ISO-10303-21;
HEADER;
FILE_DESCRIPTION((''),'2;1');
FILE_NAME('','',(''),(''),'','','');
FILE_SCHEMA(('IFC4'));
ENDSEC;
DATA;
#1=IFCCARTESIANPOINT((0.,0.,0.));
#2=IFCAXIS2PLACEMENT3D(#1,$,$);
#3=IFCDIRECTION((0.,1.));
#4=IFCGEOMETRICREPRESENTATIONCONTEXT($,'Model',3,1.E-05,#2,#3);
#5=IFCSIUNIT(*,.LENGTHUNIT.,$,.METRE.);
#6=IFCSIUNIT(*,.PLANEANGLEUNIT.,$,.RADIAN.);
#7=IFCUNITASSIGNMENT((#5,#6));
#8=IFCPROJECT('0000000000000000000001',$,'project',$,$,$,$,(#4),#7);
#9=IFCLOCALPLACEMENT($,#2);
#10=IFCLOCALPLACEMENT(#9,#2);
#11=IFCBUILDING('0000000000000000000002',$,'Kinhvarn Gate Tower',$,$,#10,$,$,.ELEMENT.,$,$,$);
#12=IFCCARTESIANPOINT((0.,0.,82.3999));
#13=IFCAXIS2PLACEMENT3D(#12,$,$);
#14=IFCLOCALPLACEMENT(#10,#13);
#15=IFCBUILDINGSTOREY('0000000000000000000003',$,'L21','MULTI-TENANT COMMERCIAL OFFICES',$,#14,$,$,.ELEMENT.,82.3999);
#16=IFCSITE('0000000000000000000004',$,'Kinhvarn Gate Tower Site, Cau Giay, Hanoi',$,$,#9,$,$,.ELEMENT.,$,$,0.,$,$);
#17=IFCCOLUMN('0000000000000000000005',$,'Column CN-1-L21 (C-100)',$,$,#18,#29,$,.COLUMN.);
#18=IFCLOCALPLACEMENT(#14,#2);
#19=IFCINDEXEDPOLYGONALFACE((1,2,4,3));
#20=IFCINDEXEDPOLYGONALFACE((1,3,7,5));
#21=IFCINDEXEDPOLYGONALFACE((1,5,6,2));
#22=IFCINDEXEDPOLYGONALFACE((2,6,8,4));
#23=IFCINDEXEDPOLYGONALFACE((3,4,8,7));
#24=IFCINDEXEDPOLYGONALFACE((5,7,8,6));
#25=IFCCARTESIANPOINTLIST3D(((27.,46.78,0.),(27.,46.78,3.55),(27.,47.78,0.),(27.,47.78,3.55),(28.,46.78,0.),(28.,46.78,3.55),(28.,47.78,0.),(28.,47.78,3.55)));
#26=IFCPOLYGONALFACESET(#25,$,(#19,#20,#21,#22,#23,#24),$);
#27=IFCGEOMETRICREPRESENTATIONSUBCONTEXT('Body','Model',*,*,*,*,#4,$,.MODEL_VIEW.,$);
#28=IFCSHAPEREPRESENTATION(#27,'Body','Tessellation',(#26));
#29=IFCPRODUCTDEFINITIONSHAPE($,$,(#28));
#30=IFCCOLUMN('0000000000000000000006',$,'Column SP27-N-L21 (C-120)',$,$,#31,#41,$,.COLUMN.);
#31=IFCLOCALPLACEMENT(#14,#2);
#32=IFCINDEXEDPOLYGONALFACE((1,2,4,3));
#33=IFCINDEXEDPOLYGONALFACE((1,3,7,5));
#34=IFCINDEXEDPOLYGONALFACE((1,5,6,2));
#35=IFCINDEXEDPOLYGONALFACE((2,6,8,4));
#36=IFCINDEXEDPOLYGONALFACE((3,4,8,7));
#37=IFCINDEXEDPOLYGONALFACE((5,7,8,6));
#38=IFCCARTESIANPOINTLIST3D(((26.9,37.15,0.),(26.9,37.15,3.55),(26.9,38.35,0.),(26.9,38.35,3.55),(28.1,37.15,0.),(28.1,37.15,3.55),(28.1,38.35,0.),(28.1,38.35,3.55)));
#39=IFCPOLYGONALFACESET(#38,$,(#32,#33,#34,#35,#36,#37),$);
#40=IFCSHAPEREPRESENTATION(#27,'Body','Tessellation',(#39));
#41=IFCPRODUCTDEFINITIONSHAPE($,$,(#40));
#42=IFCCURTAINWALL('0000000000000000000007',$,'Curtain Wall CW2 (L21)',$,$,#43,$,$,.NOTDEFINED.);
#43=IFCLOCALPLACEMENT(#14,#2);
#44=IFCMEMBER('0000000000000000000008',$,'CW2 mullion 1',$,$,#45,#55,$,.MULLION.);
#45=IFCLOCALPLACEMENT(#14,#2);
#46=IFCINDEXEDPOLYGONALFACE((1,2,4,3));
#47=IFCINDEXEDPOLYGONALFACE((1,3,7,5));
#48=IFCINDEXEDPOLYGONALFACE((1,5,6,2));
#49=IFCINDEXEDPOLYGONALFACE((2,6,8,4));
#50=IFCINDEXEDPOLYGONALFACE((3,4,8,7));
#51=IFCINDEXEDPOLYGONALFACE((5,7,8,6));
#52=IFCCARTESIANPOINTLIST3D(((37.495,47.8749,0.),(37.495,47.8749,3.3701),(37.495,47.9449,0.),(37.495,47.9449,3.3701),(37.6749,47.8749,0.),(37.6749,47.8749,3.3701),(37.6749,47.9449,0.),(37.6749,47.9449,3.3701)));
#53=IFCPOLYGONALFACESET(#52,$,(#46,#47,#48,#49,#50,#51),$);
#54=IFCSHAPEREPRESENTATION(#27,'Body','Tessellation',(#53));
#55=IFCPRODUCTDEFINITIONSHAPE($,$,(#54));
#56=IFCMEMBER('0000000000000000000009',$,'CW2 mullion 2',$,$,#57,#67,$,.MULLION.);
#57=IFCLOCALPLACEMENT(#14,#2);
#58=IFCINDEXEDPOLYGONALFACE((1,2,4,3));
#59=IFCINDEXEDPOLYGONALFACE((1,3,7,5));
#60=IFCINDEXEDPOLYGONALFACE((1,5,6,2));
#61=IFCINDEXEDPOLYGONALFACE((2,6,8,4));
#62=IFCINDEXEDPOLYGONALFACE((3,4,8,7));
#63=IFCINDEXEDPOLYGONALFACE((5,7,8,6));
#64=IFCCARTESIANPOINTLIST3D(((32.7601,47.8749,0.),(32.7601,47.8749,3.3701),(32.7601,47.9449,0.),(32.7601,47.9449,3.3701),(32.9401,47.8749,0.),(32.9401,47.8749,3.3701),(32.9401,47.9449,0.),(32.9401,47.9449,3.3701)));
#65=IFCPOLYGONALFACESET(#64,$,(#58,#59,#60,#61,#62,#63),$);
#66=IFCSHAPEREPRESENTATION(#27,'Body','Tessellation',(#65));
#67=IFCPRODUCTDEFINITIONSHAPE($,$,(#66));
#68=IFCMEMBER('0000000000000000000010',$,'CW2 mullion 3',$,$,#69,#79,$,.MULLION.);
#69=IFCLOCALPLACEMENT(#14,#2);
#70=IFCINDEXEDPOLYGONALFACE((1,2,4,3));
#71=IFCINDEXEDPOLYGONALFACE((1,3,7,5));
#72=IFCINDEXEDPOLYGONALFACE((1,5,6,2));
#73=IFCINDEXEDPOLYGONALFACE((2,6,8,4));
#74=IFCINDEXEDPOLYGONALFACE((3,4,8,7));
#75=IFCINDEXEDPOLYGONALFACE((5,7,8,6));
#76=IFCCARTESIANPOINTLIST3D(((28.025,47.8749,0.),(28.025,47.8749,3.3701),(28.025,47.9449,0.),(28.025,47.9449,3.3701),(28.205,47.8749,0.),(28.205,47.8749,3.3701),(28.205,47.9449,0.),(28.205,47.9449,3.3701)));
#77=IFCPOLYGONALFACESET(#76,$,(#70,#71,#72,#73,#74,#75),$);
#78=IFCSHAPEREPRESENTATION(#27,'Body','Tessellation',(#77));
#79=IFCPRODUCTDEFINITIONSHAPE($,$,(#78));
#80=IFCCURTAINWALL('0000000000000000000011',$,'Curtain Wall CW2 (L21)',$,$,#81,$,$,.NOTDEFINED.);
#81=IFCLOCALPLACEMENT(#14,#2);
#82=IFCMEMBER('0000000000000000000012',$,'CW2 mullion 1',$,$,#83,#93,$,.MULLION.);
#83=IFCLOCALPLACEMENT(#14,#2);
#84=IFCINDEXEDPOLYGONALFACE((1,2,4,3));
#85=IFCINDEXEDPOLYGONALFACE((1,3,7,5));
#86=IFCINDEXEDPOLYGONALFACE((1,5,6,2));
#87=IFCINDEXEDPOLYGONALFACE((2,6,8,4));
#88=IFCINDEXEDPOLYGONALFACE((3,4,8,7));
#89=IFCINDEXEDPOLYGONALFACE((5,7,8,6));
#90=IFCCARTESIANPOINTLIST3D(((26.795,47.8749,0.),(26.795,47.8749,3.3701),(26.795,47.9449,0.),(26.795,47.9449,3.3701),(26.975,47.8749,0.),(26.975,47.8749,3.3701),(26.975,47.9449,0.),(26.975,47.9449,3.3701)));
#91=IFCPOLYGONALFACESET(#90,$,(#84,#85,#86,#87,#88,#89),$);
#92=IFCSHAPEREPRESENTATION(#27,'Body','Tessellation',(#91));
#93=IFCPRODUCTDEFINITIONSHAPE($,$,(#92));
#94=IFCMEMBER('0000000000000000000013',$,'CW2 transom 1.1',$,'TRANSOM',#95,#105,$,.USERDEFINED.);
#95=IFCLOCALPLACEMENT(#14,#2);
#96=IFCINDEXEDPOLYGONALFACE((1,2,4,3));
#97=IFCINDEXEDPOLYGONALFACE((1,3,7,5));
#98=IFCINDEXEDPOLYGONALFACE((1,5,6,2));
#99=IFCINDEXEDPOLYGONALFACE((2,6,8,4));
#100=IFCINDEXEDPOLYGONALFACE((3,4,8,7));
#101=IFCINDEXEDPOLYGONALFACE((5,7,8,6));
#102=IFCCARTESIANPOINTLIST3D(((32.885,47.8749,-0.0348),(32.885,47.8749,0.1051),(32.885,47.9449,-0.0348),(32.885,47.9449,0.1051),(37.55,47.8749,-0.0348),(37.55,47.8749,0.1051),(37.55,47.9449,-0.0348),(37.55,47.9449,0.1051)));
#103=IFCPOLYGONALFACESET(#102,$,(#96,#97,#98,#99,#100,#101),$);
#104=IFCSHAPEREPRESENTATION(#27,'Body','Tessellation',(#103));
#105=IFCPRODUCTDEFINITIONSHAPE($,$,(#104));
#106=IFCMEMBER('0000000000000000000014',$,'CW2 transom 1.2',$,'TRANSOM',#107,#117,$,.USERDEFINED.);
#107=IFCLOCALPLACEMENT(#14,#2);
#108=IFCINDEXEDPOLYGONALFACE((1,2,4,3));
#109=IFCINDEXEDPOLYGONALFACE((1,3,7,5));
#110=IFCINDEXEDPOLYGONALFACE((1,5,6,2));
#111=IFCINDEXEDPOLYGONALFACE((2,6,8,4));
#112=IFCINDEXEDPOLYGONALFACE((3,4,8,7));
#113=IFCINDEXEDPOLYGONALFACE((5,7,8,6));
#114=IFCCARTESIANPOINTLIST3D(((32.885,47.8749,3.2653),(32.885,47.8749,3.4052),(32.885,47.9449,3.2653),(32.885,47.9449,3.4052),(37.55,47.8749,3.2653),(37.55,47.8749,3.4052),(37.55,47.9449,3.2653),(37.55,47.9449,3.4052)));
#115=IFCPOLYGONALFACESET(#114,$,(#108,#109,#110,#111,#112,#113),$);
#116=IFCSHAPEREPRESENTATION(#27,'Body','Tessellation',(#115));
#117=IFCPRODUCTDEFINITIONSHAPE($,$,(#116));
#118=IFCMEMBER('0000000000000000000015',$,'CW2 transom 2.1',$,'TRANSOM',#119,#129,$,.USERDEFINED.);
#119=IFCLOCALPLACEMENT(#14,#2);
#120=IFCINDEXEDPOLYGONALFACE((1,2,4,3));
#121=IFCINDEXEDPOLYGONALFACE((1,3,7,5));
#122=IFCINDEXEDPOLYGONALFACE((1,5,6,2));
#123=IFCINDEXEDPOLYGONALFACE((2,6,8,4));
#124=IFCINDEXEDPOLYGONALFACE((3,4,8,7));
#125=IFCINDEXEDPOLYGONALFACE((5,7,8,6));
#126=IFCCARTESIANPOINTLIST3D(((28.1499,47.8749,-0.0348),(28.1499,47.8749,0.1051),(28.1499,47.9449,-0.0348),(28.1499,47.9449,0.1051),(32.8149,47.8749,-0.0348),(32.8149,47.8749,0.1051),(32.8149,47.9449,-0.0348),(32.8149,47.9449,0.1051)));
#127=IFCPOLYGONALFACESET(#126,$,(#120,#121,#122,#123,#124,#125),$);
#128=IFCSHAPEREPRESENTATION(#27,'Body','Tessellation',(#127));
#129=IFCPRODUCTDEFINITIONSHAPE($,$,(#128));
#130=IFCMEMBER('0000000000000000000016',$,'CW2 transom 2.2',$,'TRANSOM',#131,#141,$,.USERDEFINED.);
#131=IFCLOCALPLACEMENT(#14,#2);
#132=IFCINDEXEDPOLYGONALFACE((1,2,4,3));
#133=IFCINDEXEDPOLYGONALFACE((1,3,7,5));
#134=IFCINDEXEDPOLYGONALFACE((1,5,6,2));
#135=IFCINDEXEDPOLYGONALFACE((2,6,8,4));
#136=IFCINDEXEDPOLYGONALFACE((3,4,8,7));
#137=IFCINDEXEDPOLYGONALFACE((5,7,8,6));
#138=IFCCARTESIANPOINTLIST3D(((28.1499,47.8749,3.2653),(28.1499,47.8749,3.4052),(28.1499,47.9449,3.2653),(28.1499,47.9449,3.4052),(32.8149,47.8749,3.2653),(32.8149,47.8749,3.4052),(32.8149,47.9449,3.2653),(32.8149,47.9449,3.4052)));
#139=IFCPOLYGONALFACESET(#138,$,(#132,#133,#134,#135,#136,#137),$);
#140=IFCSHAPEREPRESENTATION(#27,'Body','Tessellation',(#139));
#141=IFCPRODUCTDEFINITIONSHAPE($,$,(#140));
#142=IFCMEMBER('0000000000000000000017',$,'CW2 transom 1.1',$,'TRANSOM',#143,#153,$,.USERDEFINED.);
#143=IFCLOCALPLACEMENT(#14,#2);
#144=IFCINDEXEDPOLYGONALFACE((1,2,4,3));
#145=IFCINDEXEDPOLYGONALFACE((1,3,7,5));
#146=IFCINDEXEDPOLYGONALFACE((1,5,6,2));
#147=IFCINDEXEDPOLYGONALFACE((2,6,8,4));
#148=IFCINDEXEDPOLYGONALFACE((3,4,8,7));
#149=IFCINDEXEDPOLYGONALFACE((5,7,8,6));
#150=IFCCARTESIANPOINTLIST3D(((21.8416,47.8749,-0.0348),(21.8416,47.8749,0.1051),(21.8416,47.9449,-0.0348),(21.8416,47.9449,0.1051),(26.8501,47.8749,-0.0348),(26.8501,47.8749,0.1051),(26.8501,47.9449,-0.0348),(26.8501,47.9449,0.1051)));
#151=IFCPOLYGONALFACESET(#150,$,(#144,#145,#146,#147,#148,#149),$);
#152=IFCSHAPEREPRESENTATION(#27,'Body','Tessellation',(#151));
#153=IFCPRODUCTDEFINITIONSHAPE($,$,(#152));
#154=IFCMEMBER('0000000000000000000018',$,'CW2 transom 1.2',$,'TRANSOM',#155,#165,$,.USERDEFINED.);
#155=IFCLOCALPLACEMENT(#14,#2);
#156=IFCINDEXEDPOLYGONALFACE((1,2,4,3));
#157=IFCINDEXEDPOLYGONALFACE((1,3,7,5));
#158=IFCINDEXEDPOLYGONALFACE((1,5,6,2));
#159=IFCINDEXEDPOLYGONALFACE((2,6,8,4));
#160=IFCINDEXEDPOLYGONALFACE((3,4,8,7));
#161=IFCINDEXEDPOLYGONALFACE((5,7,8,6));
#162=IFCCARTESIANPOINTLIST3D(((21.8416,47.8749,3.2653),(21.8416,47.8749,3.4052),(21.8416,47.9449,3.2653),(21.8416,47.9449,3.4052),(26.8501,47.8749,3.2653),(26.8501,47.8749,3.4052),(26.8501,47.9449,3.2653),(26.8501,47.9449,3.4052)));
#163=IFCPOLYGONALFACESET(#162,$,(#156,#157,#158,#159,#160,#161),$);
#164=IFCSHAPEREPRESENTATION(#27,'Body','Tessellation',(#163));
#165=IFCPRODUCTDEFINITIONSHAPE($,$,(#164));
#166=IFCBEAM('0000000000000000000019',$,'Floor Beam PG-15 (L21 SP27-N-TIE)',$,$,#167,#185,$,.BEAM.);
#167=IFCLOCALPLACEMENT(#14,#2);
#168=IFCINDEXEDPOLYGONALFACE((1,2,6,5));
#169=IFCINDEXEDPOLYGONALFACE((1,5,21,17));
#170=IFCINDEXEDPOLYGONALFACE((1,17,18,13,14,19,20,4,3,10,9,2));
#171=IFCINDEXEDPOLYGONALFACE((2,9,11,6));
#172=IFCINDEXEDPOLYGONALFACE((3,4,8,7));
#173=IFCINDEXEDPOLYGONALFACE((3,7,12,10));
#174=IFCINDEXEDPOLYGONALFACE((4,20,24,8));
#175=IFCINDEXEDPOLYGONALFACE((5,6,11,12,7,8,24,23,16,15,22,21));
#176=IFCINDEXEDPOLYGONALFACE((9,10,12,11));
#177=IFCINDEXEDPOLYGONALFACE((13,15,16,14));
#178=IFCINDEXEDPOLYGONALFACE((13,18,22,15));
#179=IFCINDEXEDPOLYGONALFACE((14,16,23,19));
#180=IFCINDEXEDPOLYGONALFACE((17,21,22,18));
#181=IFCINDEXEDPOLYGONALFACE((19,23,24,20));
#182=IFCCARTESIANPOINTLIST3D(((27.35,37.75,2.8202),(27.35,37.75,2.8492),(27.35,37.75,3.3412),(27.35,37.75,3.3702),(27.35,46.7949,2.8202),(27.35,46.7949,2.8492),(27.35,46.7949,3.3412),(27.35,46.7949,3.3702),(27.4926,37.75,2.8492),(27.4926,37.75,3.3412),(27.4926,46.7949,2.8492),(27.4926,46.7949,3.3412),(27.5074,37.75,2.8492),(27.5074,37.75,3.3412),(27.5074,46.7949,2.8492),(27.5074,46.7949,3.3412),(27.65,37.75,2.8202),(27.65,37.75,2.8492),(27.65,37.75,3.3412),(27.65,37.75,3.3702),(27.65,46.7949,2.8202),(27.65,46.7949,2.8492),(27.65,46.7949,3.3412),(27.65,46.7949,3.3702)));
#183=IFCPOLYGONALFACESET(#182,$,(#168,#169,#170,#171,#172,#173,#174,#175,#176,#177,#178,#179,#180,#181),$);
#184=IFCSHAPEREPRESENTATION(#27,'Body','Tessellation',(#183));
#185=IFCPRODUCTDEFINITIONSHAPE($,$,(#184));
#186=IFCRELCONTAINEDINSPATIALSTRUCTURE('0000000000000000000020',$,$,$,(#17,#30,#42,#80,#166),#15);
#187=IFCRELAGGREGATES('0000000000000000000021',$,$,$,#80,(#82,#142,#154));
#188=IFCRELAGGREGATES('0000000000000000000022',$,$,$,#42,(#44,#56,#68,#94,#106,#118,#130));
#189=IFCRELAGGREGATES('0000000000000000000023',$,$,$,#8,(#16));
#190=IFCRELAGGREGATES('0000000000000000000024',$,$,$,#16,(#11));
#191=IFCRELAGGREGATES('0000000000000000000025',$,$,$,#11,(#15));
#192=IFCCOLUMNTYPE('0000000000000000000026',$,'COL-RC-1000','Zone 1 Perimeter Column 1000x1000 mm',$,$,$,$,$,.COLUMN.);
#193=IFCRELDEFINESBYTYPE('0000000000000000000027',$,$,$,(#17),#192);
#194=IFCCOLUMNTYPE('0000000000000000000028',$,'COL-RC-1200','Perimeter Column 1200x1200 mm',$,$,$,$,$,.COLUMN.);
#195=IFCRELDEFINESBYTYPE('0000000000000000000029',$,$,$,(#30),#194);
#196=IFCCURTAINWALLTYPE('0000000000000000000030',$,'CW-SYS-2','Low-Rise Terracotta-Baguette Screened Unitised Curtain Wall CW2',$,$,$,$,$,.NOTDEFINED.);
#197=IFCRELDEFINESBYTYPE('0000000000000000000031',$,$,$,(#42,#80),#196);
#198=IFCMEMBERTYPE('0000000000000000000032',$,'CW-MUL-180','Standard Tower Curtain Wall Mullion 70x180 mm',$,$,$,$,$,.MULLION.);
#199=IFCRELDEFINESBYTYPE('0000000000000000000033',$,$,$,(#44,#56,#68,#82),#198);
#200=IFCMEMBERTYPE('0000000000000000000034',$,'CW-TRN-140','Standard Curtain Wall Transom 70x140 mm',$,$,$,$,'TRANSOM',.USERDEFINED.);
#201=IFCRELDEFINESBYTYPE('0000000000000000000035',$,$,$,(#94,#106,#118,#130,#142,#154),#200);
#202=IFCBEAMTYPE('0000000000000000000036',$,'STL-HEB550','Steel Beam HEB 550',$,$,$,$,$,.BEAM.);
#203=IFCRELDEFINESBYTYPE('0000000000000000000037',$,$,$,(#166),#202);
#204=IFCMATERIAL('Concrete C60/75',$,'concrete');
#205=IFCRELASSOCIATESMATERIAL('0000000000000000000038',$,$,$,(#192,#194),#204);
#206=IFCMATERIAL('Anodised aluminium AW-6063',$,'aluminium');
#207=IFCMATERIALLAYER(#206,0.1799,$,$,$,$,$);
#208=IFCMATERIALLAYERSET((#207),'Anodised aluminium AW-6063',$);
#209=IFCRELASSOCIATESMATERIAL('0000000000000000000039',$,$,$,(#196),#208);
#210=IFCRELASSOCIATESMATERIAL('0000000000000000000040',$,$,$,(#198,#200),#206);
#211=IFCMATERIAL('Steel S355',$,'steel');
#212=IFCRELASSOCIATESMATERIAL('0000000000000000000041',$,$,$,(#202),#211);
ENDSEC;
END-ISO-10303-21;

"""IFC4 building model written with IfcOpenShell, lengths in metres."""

from ifc_helpers import new_model, si_unit, direction, frame, origin, origin_2d, place, context, subcontext, project, spatial, rectangle, i_section, extrude, material, layer, layer_set, material_profile, profile_set, type_object, element, aggregate, save


model = new_model("IFC4")

# Units and contexts
model_context = context("Model", 3, precision=1e-05, world=origin(), true_north=direction((0.0, 1.0)))
body_context = subcontext(model_context, "Body", "Model", "MODEL_VIEW")
ifc_project = project(units=[si_unit("LENGTHUNIT", "METRE"), si_unit("PLANEANGLEUNIT", "RADIAN")], contexts=[model_context])

# Site, building, storey
site_placement = place(None, origin())
site = spatial("IfcSite", under=ifc_project, at=site_placement, Name="Kinhvarn Gate Tower Site, Cau Giay, Hanoi", CompositionType="ELEMENT", RefElevation=0.0)
building_placement = place(site_placement, origin())
building = spatial("IfcBuilding", under=site, at=building_placement, Name="Kinhvarn Gate Tower", CompositionType="ELEMENT")
storey_placement = place(building_placement, frame((0.0, 0.0, 82.3999)))
storey = spatial("IfcBuildingStorey", under=building, at=storey_placement, Name="L21", Description="MULTI-TENANT COMMERCIAL OFFICES", CompositionType="ELEMENT", Elevation=82.3999)

# Columns
ifc_material_1 = material(Name="Concrete C60/75", Category="concrete")
ifc_material_profile_1 = material_profile(ifc_material_1, rectangle(XDim=1.0, YDim=1.0, at=origin_2d()), Name="RC 1000x1000")
ifc_profile_set_1 = profile_set([ifc_material_profile_1], Name="Concrete C60/75")
column_type_1 = type_object("IfcColumnType", Name="COL-RC-1000", Description="Zone 1 Perimeter Column 1000x1000 mm", PredefinedType="COLUMN", material=ifc_profile_set_1)
column_1_placement = place(storey_placement, frame((27.5, 47.28, 0.0), z_axis=(0.0, 0.0, 1.0), x_axis=(1.0, 0.0, 0.0)))
element("IfcColumn", 1, at=column_1_placement, inside=storey, type_object=column_type_1, Name="Column CN-1-L21 (C-100)", PredefinedType="COLUMN", context=body_context, shape_type="SweptSolid", body=[
    extrude(rectangle(XDim=1.0, YDim=1.0, at=origin_2d()), origin(), (0.0, 0.0, 1.0), 3.55),
])
ifc_material_profile_2 = material_profile(ifc_material_1, rectangle(XDim=1.2, YDim=1.2, at=origin_2d()), Name="RC 1200x1200")
ifc_profile_set_2 = profile_set([ifc_material_profile_2], Name="Concrete C60/75")
column_type_2 = type_object("IfcColumnType", Name="COL-RC-1200", Description="Perimeter Column 1200x1200 mm", PredefinedType="COLUMN", material=ifc_profile_set_2)
column_2_placement = place(storey_placement, frame((27.5, 37.75, 0.0), z_axis=(0.0, 0.0, 1.0), x_axis=(1.0, 0.0, 0.0)))
element("IfcColumn", 2, at=column_2_placement, inside=storey, type_object=column_type_2, Name="Column SP27-N-L21 (C-120)", PredefinedType="COLUMN", context=body_context, shape_type="SweptSolid", body=[
    extrude(rectangle(XDim=1.2, YDim=1.2, at=origin_2d()), origin(), (0.0, 0.0, 1.0), 3.55),
])

# Curtain wall, members
ifc_material_2 = material(Name="Anodised aluminium AW-6063", Category="aluminium")
ifc_layer_1 = layer(ifc_material_2, 0.1799)
ifc_layer_set_1 = layer_set([ifc_layer_1], Name="Anodised aluminium AW-6063")
curtain_wall_type = type_object("IfcCurtainWallType", Name="CW-SYS-2", Description="Low-Rise Terracotta-Baguette Screened Unitised Curtain Wall CW2", PredefinedType="NOTDEFINED", material=ifc_layer_set_1)
curtain_wall_1_placement = place(storey_placement, origin())
curtain_wall_1 = element("IfcCurtainWall", 3, at=curtain_wall_1_placement, inside=storey, type_object=curtain_wall_type, Name="Curtain Wall CW2 (L21)", PredefinedType="NOTDEFINED")
ifc_material_profile_3 = material_profile(ifc_material_2, rectangle(XDim=0.0701, YDim=0.1799, at=origin_2d()), Name="ALU 70x180")
ifc_profile_set_3 = profile_set([ifc_material_profile_3], Name="Anodised aluminium AW-6063")
member_type_1 = type_object("IfcMemberType", Name="CW-MUL-180", Description="Standard Tower Curtain Wall Mullion 70x180 mm", PredefinedType="MULLION", material=ifc_profile_set_3)
member_1_placement = place(storey_placement, frame((37.585, 47.9099, 0.0), z_axis=(0.0, 0.0, 1.0), x_axis=(0.0, -1.0, 0.0)))
member_1 = element("IfcMember", 4, at=member_1_placement, type_object=member_type_1, Name="CW2 mullion 1", PredefinedType="MULLION", context=body_context, shape_type="SweptSolid", body=[
    extrude(rectangle(XDim=0.0701, YDim=0.1799, at=origin_2d()), origin(), (0.0, 0.0, 1.0), 3.3701),
])
member_2_placement = place(storey_placement, frame((32.8501, 47.9099, 0.0), z_axis=(0.0, 0.0, 1.0), x_axis=(0.0, -1.0, 0.0)))
member_2 = element("IfcMember", 5, at=member_2_placement, type_object=member_type_1, Name="CW2 mullion 2", PredefinedType="MULLION", context=body_context, shape_type="SweptSolid", body=[
    extrude(rectangle(XDim=0.0701, YDim=0.1799, at=origin_2d()), origin(), (0.0, 0.0, 1.0), 3.3701),
])
member_3_placement = place(storey_placement, frame((28.115, 47.9099, 0.0), z_axis=(0.0, 0.0, 1.0), x_axis=(0.0, -1.0, 0.0)))
member_3 = element("IfcMember", 6, at=member_3_placement, type_object=member_type_1, Name="CW2 mullion 3", PredefinedType="MULLION", context=body_context, shape_type="SweptSolid", body=[
    extrude(rectangle(XDim=0.0701, YDim=0.1799, at=origin_2d()), origin(), (0.0, 0.0, 1.0), 3.3701),
])

# Curtain wall, member
curtain_wall_2_placement = place(storey_placement, origin())
curtain_wall_2 = element("IfcCurtainWall", 7, at=curtain_wall_2_placement, inside=storey, type_object=curtain_wall_type, Name="Curtain Wall CW2 (L21)", PredefinedType="NOTDEFINED")
member_4_placement = place(storey_placement, frame((26.885, 47.9099, 0.0), z_axis=(0.0, 0.0, 1.0), x_axis=(0.0, -1.0, 0.0)))
member_4 = element("IfcMember", 8, at=member_4_placement, type_object=member_type_1, Name="CW2 mullion 1", PredefinedType="MULLION", context=body_context, shape_type="SweptSolid", body=[
    extrude(rectangle(XDim=0.0701, YDim=0.1799, at=origin_2d()), origin(), (0.0, 0.0, 1.0), 3.3701),
])

# Members
ifc_material_profile_4 = material_profile(ifc_material_2, rectangle(XDim=0.0701, YDim=0.1399, at=origin_2d()), Name="ALU 70x140")
ifc_profile_set_4 = profile_set([ifc_material_profile_4], Name="Anodised aluminium AW-6063")
member_type_2 = type_object("IfcMemberType", Name="CW-TRN-140", Description="Standard Curtain Wall Transom 70x140 mm", ElementType="TRANSOM", PredefinedType="USERDEFINED", material=ifc_profile_set_4)
member_5_placement = place(storey_placement, frame((37.55, 47.9099, 0.0352), z_axis=(-1.0, 0.0, 0.0), x_axis=(0.0, -1.0, 0.0)))
member_5 = element("IfcMember", 9, at=member_5_placement, type_object=member_type_2, Name="CW2 transom 1.1", ObjectType="TRANSOM", PredefinedType="USERDEFINED", context=body_context, shape_type="SweptSolid", body=[
    extrude(rectangle(XDim=0.0701, YDim=0.1399, at=origin_2d()), origin(), (0.0, 0.0, 1.0), 4.665),
])
member_6_placement = place(storey_placement, frame((37.55, 47.9099, 3.3352), z_axis=(-1.0, 0.0, 0.0), x_axis=(0.0, -1.0, 0.0)))
member_6 = element("IfcMember", 10, at=member_6_placement, type_object=member_type_2, Name="CW2 transom 1.2", ObjectType="TRANSOM", PredefinedType="USERDEFINED", context=body_context, shape_type="SweptSolid", body=[
    extrude(rectangle(XDim=0.0701, YDim=0.1399, at=origin_2d()), origin(), (0.0, 0.0, 1.0), 4.665),
])
member_7_placement = place(storey_placement, frame((32.8149, 47.9099, 0.0352), z_axis=(-1.0, 0.0, 0.0), x_axis=(0.0, -1.0, 0.0)))
member_7 = element("IfcMember", 11, at=member_7_placement, type_object=member_type_2, Name="CW2 transom 2.1", ObjectType="TRANSOM", PredefinedType="USERDEFINED", context=body_context, shape_type="SweptSolid", body=[
    extrude(rectangle(XDim=0.0701, YDim=0.1399, at=origin_2d()), origin(), (0.0, 0.0, 1.0), 4.665),
])
member_8_placement = place(storey_placement, frame((32.8149, 47.9099, 3.3352), z_axis=(-1.0, 0.0, 0.0), x_axis=(0.0, -1.0, 0.0)))
member_8 = element("IfcMember", 12, at=member_8_placement, type_object=member_type_2, Name="CW2 transom 2.2", ObjectType="TRANSOM", PredefinedType="USERDEFINED", context=body_context, shape_type="SweptSolid", body=[
    extrude(rectangle(XDim=0.0701, YDim=0.1399, at=origin_2d()), origin(), (0.0, 0.0, 1.0), 4.665),
])
member_9_placement = place(storey_placement, frame((26.8501, 47.9099, 0.0352), z_axis=(-1.0, 0.0, 0.0), x_axis=(0.0, -1.0, 0.0)))
member_9 = element("IfcMember", 13, at=member_9_placement, type_object=member_type_2, Name="CW2 transom 1.1", ObjectType="TRANSOM", PredefinedType="USERDEFINED", context=body_context, shape_type="SweptSolid", body=[
    extrude(rectangle(XDim=0.0701, YDim=0.1399, at=origin_2d()), origin(), (0.0, 0.0, 1.0), 5.0085),
])
member_10_placement = place(storey_placement, frame((26.8501, 47.9099, 3.3352), z_axis=(-1.0, 0.0, 0.0), x_axis=(0.0, -1.0, 0.0)))
member_10 = element("IfcMember", 14, at=member_10_placement, type_object=member_type_2, Name="CW2 transom 1.2", ObjectType="TRANSOM", PredefinedType="USERDEFINED", context=body_context, shape_type="SweptSolid", body=[
    extrude(rectangle(XDim=0.0701, YDim=0.1399, at=origin_2d()), origin(), (0.0, 0.0, 1.0), 5.0085),
])
aggregate(curtain_wall_2, [member_4, member_9, member_10])

# Beam
ifc_material_3 = material(Name="Steel S355", Category="steel")
ifc_material_profile_5 = material_profile(ifc_material_3, i_section(OverallWidth=0.3, OverallDepth=0.55, WebThickness=0.0149, FlangeThickness=0.0291, at=origin_2d()), Name="HEB 550")
ifc_profile_set_5 = profile_set([ifc_material_profile_5], Name="Steel S355")
beam_type_1 = type_object("IfcBeamType", Name="STL-HEB550", Description="Steel Beam HEB 550", PredefinedType="BEAM", material=ifc_profile_set_5)
beam_1_placement = place(storey_placement, frame((27.5, 37.75, 3.0952), z_axis=(0.0, 1.0, 0.0), x_axis=(-1.0, 0.0, 0.0)))
element("IfcBeam", 15, at=beam_1_placement, inside=storey, type_object=beam_type_1, Name="Floor Beam PG-15 (L21 SP27-N-TIE)", PredefinedType="BEAM", context=body_context, shape_type="SweptSolid", body=[
    extrude(i_section(OverallWidth=0.3, OverallDepth=0.55, WebThickness=0.0149, FlangeThickness=0.0291, at=origin_2d()), origin(), (0.0, 0.0, 1.0), 9.0449),
])

aggregate(curtain_wall_1, [member_1, member_2, member_3, member_5, member_6, member_7, member_8])

save(model, "model.ifc")
